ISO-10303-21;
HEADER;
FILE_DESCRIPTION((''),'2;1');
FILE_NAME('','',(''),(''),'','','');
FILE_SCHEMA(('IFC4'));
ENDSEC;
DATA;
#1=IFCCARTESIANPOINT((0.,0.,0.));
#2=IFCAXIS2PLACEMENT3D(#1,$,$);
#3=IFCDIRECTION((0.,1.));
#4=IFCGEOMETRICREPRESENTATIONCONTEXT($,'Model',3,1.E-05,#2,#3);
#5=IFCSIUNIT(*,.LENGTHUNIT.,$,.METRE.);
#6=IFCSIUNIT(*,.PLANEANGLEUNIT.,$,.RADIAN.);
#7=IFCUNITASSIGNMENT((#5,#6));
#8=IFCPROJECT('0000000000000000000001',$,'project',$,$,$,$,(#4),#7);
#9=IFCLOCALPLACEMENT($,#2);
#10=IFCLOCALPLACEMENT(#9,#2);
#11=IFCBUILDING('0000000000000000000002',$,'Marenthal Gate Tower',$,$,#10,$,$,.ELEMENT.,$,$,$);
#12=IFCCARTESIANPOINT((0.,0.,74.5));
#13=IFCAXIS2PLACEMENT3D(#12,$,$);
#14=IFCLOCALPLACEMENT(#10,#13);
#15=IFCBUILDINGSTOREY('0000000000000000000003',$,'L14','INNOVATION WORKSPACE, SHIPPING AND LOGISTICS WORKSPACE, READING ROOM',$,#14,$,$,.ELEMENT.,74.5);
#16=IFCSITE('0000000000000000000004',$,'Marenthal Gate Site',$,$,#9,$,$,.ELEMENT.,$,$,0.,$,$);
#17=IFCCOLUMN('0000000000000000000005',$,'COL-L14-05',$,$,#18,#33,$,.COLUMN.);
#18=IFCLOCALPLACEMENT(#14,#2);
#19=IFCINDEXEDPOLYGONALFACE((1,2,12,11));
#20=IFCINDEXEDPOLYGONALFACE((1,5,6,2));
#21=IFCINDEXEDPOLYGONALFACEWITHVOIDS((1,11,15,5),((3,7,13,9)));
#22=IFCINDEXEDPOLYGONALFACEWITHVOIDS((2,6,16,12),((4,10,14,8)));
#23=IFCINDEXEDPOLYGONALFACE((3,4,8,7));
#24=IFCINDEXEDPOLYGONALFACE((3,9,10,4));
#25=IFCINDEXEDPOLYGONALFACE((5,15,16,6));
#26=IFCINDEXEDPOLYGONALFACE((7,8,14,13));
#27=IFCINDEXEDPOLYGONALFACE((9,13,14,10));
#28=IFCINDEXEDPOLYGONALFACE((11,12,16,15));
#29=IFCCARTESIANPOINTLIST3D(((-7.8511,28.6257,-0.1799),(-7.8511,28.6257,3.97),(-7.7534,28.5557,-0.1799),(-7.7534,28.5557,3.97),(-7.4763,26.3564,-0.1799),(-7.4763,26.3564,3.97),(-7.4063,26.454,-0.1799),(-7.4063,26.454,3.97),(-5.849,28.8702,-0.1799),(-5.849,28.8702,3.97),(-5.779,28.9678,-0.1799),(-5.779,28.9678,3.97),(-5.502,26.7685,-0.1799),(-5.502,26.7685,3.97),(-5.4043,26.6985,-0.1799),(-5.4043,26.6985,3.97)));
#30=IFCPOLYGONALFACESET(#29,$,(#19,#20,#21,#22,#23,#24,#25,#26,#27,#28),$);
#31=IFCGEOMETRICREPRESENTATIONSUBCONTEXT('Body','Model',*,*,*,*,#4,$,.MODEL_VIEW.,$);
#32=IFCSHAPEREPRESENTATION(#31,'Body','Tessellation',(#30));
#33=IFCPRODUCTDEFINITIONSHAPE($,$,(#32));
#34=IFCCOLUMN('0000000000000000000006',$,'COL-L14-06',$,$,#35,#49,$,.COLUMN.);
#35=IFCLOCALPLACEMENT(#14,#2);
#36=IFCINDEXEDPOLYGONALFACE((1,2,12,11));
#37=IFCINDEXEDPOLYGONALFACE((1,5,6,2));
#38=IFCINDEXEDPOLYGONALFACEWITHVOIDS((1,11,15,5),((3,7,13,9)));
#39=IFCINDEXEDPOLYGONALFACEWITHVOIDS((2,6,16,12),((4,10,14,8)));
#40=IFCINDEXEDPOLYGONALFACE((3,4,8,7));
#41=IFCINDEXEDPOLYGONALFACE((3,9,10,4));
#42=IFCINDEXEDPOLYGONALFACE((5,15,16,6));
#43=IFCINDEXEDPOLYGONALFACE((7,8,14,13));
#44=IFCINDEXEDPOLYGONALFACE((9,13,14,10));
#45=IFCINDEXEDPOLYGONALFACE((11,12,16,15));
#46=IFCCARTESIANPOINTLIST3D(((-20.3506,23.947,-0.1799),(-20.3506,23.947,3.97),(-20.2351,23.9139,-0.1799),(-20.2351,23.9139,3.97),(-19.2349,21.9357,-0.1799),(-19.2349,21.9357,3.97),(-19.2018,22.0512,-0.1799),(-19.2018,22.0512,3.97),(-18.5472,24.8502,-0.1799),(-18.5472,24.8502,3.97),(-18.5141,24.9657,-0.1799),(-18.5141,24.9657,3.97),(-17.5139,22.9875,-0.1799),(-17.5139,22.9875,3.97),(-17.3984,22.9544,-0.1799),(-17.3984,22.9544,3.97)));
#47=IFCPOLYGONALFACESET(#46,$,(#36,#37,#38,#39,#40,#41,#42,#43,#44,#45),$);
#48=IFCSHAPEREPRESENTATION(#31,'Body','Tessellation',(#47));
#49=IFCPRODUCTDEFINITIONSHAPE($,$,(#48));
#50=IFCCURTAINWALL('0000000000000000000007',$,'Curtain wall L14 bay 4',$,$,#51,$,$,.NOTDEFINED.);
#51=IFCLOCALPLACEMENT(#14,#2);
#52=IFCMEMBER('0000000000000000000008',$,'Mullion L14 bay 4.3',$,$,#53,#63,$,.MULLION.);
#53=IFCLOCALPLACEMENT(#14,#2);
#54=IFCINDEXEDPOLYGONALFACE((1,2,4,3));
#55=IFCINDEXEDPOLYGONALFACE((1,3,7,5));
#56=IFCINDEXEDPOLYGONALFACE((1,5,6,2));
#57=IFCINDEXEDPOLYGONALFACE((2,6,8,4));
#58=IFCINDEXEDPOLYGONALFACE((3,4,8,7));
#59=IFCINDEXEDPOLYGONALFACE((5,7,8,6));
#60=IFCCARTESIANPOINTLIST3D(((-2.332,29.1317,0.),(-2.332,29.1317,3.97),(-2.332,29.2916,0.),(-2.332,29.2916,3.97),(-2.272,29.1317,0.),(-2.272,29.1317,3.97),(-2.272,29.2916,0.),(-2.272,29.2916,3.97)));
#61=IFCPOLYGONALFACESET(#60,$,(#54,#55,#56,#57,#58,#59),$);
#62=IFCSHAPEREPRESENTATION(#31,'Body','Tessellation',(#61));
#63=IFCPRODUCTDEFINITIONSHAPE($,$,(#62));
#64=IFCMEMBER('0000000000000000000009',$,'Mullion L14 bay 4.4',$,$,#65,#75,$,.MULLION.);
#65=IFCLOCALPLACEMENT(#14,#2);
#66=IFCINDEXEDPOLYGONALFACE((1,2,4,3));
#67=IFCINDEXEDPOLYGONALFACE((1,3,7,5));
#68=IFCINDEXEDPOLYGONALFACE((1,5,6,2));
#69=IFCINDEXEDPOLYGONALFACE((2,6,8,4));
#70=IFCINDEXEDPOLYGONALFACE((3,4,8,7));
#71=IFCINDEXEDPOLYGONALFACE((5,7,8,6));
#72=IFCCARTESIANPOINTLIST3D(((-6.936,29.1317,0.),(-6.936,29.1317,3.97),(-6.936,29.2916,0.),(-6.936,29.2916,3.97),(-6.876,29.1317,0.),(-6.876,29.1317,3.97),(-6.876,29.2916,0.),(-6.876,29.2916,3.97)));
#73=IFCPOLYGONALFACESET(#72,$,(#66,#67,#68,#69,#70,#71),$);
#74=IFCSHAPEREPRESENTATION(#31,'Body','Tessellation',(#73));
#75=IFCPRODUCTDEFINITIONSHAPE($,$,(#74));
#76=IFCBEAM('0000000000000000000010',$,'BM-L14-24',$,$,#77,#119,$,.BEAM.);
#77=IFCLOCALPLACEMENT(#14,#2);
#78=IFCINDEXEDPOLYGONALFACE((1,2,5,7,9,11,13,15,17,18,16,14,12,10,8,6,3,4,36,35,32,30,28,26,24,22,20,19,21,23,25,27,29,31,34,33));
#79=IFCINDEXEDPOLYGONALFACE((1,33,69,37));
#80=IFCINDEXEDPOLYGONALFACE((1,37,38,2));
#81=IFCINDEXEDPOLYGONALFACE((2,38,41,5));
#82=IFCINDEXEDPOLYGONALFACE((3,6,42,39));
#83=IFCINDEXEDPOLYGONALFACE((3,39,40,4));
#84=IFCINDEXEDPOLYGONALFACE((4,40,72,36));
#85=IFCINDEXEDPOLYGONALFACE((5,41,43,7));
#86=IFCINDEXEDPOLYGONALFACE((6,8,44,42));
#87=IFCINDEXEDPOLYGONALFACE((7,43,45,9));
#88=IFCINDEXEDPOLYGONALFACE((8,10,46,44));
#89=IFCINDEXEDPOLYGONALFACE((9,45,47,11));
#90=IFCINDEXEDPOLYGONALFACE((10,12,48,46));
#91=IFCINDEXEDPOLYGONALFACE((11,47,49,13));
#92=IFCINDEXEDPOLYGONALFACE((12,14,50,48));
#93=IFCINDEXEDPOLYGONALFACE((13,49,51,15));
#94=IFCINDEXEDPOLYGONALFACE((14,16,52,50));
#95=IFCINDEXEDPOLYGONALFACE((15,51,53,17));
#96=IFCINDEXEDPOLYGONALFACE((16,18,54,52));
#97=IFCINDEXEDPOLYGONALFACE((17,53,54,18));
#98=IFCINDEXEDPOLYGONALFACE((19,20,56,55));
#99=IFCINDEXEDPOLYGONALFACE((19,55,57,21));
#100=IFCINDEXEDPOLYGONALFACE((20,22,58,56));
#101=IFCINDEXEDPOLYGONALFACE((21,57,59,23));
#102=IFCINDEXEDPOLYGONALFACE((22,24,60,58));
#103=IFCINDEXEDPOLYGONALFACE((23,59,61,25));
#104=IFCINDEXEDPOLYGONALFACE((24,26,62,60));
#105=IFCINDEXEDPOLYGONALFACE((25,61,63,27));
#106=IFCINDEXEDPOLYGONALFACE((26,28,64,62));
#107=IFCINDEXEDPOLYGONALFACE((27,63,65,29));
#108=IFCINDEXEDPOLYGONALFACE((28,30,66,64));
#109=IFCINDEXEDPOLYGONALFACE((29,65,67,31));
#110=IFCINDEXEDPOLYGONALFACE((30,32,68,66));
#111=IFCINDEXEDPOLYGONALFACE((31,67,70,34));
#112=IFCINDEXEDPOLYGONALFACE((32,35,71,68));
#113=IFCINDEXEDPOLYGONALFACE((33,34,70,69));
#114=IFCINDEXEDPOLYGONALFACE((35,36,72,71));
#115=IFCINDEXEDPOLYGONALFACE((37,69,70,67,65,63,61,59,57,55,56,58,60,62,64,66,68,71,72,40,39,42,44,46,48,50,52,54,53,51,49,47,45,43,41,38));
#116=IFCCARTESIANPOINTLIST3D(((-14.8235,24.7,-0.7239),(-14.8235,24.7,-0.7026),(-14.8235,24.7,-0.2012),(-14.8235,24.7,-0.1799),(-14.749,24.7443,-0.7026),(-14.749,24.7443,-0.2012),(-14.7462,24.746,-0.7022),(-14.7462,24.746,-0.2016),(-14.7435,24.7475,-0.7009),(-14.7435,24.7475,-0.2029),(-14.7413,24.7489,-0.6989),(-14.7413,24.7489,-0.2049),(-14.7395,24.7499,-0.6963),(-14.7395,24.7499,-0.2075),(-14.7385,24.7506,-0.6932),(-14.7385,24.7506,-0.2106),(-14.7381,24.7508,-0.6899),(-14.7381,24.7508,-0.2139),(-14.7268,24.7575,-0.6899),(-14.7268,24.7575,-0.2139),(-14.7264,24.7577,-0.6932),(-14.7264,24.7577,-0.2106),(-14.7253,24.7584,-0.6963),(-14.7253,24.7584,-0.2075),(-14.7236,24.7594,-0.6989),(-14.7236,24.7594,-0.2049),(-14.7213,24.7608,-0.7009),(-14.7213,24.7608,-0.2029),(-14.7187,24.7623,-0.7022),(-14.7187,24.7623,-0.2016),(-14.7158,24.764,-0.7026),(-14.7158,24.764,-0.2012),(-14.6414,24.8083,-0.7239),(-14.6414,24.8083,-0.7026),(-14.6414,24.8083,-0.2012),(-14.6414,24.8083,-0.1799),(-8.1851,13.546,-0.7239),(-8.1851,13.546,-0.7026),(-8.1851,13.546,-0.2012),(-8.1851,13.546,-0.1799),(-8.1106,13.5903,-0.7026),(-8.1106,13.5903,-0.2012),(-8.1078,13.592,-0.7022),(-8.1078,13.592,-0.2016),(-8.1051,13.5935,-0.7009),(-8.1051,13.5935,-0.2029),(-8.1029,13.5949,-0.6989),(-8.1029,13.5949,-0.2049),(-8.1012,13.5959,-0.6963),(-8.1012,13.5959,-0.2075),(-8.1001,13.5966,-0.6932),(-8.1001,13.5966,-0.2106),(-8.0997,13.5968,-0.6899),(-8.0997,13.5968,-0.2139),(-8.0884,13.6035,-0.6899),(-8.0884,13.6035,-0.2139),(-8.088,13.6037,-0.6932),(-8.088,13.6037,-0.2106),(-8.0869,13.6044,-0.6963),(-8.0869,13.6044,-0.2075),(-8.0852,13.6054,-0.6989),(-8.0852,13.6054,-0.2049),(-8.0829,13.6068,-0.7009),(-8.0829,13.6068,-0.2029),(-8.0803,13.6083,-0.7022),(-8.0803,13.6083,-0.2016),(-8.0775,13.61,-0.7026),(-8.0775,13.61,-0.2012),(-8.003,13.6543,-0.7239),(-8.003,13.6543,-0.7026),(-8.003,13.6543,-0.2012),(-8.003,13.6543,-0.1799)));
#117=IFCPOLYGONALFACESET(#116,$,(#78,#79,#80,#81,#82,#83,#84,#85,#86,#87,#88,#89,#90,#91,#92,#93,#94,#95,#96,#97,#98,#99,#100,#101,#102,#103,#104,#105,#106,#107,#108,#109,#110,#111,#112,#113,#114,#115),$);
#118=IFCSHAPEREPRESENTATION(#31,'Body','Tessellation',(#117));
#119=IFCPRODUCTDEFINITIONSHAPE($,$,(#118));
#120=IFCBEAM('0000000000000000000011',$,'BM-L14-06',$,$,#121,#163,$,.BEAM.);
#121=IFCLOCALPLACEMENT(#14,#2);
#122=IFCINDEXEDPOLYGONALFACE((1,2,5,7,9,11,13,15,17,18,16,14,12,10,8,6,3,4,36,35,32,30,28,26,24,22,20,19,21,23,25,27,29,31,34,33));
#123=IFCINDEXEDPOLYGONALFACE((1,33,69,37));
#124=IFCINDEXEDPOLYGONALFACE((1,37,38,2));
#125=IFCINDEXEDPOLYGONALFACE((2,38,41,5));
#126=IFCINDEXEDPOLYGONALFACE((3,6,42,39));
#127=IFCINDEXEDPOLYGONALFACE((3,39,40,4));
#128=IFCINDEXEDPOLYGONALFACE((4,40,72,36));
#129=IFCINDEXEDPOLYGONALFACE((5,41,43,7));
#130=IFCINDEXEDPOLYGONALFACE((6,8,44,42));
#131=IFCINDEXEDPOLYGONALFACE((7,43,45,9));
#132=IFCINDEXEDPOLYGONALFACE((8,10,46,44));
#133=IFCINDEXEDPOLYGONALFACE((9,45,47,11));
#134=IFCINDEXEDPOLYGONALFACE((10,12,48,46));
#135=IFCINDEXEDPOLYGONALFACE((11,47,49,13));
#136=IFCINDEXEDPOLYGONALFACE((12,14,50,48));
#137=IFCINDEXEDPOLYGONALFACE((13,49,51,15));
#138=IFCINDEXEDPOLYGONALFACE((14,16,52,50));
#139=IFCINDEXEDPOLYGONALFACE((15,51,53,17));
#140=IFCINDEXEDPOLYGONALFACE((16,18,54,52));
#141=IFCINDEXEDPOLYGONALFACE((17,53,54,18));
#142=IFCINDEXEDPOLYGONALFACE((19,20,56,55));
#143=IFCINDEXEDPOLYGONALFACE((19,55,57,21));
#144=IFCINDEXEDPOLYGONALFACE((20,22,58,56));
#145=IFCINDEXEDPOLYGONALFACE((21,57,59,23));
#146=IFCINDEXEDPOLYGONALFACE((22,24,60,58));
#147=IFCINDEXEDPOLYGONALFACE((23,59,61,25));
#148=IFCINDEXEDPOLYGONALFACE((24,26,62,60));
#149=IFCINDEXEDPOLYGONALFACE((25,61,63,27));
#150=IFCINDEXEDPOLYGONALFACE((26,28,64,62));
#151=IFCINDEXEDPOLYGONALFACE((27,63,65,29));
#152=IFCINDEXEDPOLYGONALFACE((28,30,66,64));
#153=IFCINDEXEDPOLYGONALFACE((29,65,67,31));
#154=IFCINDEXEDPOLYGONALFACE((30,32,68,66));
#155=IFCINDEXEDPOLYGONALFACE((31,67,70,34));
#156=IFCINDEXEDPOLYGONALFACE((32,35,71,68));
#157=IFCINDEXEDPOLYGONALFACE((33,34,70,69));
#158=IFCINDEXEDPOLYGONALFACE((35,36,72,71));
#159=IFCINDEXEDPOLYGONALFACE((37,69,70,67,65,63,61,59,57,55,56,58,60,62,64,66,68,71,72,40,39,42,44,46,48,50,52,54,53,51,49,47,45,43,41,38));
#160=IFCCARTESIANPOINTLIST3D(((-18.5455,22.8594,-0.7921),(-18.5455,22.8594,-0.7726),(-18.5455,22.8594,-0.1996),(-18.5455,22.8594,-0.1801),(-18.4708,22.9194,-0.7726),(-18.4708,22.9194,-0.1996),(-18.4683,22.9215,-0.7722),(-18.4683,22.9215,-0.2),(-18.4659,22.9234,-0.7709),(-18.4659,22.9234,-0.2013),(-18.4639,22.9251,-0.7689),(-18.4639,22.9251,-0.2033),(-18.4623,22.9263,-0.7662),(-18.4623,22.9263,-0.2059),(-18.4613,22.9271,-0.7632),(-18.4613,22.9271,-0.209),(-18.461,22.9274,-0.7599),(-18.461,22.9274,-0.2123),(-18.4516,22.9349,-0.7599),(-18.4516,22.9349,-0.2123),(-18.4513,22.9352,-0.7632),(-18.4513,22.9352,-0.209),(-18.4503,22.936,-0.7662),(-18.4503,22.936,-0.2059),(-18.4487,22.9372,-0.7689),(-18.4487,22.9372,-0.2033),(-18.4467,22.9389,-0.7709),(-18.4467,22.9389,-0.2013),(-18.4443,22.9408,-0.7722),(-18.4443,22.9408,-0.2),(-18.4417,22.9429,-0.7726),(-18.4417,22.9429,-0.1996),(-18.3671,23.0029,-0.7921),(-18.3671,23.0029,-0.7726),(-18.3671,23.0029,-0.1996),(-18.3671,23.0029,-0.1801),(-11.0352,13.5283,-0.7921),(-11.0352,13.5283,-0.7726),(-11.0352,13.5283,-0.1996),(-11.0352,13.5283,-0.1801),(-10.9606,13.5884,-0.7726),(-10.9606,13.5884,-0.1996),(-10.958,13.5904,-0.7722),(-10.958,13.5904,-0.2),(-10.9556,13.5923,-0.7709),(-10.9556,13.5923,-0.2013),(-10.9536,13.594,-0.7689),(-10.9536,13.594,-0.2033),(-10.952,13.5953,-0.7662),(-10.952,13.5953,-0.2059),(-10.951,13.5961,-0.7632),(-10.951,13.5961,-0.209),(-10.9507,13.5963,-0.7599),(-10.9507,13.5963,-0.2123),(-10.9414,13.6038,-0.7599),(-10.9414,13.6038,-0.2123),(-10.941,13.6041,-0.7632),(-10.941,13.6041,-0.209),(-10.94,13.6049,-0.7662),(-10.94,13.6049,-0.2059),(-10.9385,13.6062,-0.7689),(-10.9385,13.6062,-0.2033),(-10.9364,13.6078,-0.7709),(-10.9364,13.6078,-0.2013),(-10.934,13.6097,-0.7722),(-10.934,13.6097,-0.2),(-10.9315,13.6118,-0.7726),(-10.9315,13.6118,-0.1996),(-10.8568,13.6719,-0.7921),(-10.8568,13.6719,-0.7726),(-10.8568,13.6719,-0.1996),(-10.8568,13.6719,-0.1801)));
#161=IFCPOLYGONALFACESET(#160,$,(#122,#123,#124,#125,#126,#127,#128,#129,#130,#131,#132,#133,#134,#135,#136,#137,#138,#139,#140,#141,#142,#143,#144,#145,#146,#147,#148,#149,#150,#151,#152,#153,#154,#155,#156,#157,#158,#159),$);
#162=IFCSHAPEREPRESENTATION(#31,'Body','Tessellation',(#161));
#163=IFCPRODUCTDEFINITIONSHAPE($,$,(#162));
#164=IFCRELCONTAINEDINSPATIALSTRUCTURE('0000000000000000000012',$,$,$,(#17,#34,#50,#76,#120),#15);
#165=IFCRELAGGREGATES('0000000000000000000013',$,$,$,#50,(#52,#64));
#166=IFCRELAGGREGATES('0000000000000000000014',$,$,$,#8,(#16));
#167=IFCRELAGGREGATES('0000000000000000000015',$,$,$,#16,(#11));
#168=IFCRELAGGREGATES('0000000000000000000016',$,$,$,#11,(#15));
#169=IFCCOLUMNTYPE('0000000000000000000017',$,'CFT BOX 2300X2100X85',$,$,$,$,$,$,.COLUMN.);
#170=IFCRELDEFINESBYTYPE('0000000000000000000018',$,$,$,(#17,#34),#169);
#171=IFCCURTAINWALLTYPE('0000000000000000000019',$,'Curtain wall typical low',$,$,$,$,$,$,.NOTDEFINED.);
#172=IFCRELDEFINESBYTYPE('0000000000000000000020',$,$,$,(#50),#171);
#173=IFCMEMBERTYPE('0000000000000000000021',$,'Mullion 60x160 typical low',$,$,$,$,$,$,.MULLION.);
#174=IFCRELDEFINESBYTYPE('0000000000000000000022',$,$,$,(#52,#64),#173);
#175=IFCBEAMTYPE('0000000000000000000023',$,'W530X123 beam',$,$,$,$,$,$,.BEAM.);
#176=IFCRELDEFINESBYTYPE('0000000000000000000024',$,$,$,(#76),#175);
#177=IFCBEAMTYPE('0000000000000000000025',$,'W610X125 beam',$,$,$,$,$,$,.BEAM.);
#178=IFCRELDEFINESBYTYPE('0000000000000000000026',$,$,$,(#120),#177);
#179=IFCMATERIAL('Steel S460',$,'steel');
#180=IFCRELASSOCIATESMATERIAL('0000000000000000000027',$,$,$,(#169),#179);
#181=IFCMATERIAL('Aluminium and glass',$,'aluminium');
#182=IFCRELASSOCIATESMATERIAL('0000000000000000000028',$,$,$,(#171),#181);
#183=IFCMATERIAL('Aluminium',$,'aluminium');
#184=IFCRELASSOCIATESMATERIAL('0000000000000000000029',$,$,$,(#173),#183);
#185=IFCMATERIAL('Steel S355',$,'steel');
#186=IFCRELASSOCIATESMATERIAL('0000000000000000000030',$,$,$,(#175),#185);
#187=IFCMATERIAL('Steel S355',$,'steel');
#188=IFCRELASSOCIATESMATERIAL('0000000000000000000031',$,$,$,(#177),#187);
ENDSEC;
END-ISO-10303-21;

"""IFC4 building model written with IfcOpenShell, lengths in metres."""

from ifc_helpers import new_model, si_unit, direction, frame, origin, origin_2d, place, context, subcontext, project, spatial, rectangle, hollow_rectangle, i_section, extrude, material, material_profile, profile_set, type_object, element, aggregate, save


model = new_model("IFC4")

# Units and contexts
model_context = context("Model", 3, precision=1e-05, world=origin(), true_north=direction((0.0, 1.0)))
body_context = subcontext(model_context, "Body", "Model", "MODEL_VIEW")
ifc_project = project(units=[si_unit("LENGTHUNIT", "METRE"), si_unit("PLANEANGLEUNIT", "RADIAN")], contexts=[model_context])

# Site, building, storey
site_placement = place(None, origin())
site = spatial("IfcSite", under=ifc_project, at=site_placement, Name="Marenthal Gate Site", CompositionType="ELEMENT", RefElevation=0.0)
building_placement = place(site_placement, origin())
building = spatial("IfcBuilding", under=site, at=building_placement, Name="Marenthal Gate Tower", CompositionType="ELEMENT")
storey_placement = place(building_placement, frame((0.0, 0.0, 74.5)))
storey = spatial("IfcBuildingStorey", under=building, at=storey_placement, Name="L14", Description="INNOVATION WORKSPACE, SHIPPING AND LOGISTICS WORKSPACE, READING ROOM", CompositionType="ELEMENT", Elevation=74.5)

# Columns
ifc_material_1 = material(Name="Steel S460", Category="steel")
ifc_material_profile_1 = material_profile(ifc_material_1, hollow_rectangle(XDim=2.1001, YDim=2.3, WallThickness=0.085, at=origin_2d()), Name="CFT BOX 2300X2100X85")
ifc_material_2 = material(Name="Concrete 70 MPa", Category="concrete")
ifc_material_profile_2 = material_profile(ifc_material_2, rectangle(XDim=1.9299, YDim=2.1299, at=origin_2d()), Name="CFT BOX 2300X2100X85 INFILL")
ifc_profile_set_1 = profile_set([ifc_material_profile_1, ifc_material_profile_2], Name="Steel S460 shell, Concrete 70 MPa infill")
column_type = type_object("IfcColumnType", Name="CFT BOX 2300X2100X85", PredefinedType="COLUMN", material=ifc_profile_set_1)
for number, where, z_axis, x_axis, name in (
    (1, (-6.6277, 27.6621, -0.1799), (0.0, 0.0, 1.0), (0.986638, 0.162928, 0.0), "COL-L14-05"),
    (2, (-18.8745, 23.4507, -0.1799), (0.0, 0.0, 1.0), (0.874469, 0.485081, 0.0), "COL-L14-06"),
):
    element("IfcColumn", number, at=place(storey_placement, frame(where, z_axis=z_axis, x_axis=x_axis)), inside=storey, type_object=column_type, Name=name, PredefinedType="COLUMN", context=body_context, shape_type="SweptSolid", body=[
        extrude(hollow_rectangle(XDim=2.1001, YDim=2.3, WallThickness=0.085, at=origin_2d()), origin(), (0.0, 0.0, 1.0), 4.1499),
    ])

# Curtain wall, members
ifc_material_3 = material(Name="Aluminium and glass", Category="aluminium")
curtain_wall_type = type_object("IfcCurtainWallType", Name="Curtain wall typical low", PredefinedType="NOTDEFINED", material=ifc_material_3)
curtain_wall_placement = place(storey_placement, origin())
curtain_wall = element("IfcCurtainWall", 3, at=curtain_wall_placement, inside=storey, type_object=curtain_wall_type, Name="Curtain wall L14 bay 4", PredefinedType="NOTDEFINED")
ifc_material_4 = material(Name="Aluminium", Category="aluminium")
ifc_material_profile_3 = material_profile(ifc_material_4, rectangle(XDim=0.1599, YDim=0.0601, at=origin_2d()), Name="60x160 aluminium mullion")
ifc_profile_set_2 = profile_set([ifc_material_profile_3], Name="Aluminium")
member_type = type_object("IfcMemberType", Name="Mullion 60x160 typical low", PredefinedType="MULLION", material=ifc_profile_set_2)
member_1_placement = place(storey_placement, frame((-2.302, 29.2117, 0.0), z_axis=(0.0, 0.0, 1.0), x_axis=(0.0, -1.0, 0.0)))
member_1 = element("IfcMember", 4, at=member_1_placement, type_object=member_type, Name="Mullion L14 bay 4.3", PredefinedType="MULLION", context=body_context, shape_type="SweptSolid", body=[
    extrude(rectangle(XDim=0.1599, YDim=0.0601, at=origin_2d()), origin(), (0.0, 0.0, 1.0), 3.97),
])
member_2_placement = place(storey_placement, frame((-6.906, 29.2117, 0.0), z_axis=(0.0, 0.0, 1.0), x_axis=(0.0, -1.0, 0.0)))
member_2 = element("IfcMember", 5, at=member_2_placement, type_object=member_type, Name="Mullion L14 bay 4.4", PredefinedType="MULLION", context=body_context, shape_type="SweptSolid", body=[
    extrude(rectangle(XDim=0.1599, YDim=0.0601, at=origin_2d()), origin(), (0.0, 0.0, 1.0), 3.97),
])

# Beams
ifc_material_5 = material(Name="Steel S355", Category="steel")
ifc_material_profile_4 = material_profile(ifc_material_5, i_section(OverallWidth=0.2119, OverallDepth=0.5439, WebThickness=0.0132, FlangeThickness=0.0212, FilletRadius=0.0127, at=origin_2d()), Name="W530X123")
ifc_profile_set_3 = profile_set([ifc_material_profile_4], Name="Steel S355")
beam_type_1 = type_object("IfcBeamType", Name="W530X123 beam", PredefinedType="BEAM", material=ifc_profile_set_3)
beam_1_placement = place(storey_placement, frame((-14.7324, 24.7542, -0.4519), z_axis=(0.511433, -0.859323, 0.0), x_axis=(0.859323, 0.511433, 0.0)))
element("IfcBeam", 6, at=beam_1_placement, inside=storey, type_object=beam_type_1, Name="BM-L14-24", PredefinedType="BEAM", context=body_context, shape_type="SweptSolid", body=[
    extrude(i_section(OverallWidth=0.2119, OverallDepth=0.5439, WebThickness=0.0132, FlangeThickness=0.0212, FilletRadius=0.0127, at=origin_2d()), origin(), (0.0, 0.0, 1.0), 12.98),
])
ifc_material_6 = material(Name="Steel S355", Category="steel")
ifc_material_profile_5 = material_profile(ifc_material_6, i_section(OverallWidth=0.229, OverallDepth=0.6121, WebThickness=0.012, FlangeThickness=0.0195, FilletRadius=0.0127, at=origin_2d()), Name="W610X125")
ifc_profile_set_4 = profile_set([ifc_material_profile_5], Name="Steel S355")
beam_type_2 = type_object("IfcBeamType", Name="W610X125 beam", PredefinedType="BEAM", material=ifc_profile_set_4)
beam_2_placement = place(storey_placement, frame((-18.4563, 22.9312, -0.4861), z_axis=(0.627004, -0.779016, 0.0), x_axis=(0.779016, 0.627004, 0.0)))
element("IfcBeam", 7, at=beam_2_placement, inside=storey, type_object=beam_type_2, Name="BM-L14-06", PredefinedType="BEAM", context=body_context, shape_type="SweptSolid", body=[
    extrude(i_section(OverallWidth=0.229, OverallDepth=0.6121, WebThickness=0.012, FlangeThickness=0.0195, FilletRadius=0.0127, at=origin_2d()), origin(), (0.0, 0.0, 1.0), 11.978),
])

aggregate(curtain_wall, [member_1, member_2])

save(model, "model.ifc")
